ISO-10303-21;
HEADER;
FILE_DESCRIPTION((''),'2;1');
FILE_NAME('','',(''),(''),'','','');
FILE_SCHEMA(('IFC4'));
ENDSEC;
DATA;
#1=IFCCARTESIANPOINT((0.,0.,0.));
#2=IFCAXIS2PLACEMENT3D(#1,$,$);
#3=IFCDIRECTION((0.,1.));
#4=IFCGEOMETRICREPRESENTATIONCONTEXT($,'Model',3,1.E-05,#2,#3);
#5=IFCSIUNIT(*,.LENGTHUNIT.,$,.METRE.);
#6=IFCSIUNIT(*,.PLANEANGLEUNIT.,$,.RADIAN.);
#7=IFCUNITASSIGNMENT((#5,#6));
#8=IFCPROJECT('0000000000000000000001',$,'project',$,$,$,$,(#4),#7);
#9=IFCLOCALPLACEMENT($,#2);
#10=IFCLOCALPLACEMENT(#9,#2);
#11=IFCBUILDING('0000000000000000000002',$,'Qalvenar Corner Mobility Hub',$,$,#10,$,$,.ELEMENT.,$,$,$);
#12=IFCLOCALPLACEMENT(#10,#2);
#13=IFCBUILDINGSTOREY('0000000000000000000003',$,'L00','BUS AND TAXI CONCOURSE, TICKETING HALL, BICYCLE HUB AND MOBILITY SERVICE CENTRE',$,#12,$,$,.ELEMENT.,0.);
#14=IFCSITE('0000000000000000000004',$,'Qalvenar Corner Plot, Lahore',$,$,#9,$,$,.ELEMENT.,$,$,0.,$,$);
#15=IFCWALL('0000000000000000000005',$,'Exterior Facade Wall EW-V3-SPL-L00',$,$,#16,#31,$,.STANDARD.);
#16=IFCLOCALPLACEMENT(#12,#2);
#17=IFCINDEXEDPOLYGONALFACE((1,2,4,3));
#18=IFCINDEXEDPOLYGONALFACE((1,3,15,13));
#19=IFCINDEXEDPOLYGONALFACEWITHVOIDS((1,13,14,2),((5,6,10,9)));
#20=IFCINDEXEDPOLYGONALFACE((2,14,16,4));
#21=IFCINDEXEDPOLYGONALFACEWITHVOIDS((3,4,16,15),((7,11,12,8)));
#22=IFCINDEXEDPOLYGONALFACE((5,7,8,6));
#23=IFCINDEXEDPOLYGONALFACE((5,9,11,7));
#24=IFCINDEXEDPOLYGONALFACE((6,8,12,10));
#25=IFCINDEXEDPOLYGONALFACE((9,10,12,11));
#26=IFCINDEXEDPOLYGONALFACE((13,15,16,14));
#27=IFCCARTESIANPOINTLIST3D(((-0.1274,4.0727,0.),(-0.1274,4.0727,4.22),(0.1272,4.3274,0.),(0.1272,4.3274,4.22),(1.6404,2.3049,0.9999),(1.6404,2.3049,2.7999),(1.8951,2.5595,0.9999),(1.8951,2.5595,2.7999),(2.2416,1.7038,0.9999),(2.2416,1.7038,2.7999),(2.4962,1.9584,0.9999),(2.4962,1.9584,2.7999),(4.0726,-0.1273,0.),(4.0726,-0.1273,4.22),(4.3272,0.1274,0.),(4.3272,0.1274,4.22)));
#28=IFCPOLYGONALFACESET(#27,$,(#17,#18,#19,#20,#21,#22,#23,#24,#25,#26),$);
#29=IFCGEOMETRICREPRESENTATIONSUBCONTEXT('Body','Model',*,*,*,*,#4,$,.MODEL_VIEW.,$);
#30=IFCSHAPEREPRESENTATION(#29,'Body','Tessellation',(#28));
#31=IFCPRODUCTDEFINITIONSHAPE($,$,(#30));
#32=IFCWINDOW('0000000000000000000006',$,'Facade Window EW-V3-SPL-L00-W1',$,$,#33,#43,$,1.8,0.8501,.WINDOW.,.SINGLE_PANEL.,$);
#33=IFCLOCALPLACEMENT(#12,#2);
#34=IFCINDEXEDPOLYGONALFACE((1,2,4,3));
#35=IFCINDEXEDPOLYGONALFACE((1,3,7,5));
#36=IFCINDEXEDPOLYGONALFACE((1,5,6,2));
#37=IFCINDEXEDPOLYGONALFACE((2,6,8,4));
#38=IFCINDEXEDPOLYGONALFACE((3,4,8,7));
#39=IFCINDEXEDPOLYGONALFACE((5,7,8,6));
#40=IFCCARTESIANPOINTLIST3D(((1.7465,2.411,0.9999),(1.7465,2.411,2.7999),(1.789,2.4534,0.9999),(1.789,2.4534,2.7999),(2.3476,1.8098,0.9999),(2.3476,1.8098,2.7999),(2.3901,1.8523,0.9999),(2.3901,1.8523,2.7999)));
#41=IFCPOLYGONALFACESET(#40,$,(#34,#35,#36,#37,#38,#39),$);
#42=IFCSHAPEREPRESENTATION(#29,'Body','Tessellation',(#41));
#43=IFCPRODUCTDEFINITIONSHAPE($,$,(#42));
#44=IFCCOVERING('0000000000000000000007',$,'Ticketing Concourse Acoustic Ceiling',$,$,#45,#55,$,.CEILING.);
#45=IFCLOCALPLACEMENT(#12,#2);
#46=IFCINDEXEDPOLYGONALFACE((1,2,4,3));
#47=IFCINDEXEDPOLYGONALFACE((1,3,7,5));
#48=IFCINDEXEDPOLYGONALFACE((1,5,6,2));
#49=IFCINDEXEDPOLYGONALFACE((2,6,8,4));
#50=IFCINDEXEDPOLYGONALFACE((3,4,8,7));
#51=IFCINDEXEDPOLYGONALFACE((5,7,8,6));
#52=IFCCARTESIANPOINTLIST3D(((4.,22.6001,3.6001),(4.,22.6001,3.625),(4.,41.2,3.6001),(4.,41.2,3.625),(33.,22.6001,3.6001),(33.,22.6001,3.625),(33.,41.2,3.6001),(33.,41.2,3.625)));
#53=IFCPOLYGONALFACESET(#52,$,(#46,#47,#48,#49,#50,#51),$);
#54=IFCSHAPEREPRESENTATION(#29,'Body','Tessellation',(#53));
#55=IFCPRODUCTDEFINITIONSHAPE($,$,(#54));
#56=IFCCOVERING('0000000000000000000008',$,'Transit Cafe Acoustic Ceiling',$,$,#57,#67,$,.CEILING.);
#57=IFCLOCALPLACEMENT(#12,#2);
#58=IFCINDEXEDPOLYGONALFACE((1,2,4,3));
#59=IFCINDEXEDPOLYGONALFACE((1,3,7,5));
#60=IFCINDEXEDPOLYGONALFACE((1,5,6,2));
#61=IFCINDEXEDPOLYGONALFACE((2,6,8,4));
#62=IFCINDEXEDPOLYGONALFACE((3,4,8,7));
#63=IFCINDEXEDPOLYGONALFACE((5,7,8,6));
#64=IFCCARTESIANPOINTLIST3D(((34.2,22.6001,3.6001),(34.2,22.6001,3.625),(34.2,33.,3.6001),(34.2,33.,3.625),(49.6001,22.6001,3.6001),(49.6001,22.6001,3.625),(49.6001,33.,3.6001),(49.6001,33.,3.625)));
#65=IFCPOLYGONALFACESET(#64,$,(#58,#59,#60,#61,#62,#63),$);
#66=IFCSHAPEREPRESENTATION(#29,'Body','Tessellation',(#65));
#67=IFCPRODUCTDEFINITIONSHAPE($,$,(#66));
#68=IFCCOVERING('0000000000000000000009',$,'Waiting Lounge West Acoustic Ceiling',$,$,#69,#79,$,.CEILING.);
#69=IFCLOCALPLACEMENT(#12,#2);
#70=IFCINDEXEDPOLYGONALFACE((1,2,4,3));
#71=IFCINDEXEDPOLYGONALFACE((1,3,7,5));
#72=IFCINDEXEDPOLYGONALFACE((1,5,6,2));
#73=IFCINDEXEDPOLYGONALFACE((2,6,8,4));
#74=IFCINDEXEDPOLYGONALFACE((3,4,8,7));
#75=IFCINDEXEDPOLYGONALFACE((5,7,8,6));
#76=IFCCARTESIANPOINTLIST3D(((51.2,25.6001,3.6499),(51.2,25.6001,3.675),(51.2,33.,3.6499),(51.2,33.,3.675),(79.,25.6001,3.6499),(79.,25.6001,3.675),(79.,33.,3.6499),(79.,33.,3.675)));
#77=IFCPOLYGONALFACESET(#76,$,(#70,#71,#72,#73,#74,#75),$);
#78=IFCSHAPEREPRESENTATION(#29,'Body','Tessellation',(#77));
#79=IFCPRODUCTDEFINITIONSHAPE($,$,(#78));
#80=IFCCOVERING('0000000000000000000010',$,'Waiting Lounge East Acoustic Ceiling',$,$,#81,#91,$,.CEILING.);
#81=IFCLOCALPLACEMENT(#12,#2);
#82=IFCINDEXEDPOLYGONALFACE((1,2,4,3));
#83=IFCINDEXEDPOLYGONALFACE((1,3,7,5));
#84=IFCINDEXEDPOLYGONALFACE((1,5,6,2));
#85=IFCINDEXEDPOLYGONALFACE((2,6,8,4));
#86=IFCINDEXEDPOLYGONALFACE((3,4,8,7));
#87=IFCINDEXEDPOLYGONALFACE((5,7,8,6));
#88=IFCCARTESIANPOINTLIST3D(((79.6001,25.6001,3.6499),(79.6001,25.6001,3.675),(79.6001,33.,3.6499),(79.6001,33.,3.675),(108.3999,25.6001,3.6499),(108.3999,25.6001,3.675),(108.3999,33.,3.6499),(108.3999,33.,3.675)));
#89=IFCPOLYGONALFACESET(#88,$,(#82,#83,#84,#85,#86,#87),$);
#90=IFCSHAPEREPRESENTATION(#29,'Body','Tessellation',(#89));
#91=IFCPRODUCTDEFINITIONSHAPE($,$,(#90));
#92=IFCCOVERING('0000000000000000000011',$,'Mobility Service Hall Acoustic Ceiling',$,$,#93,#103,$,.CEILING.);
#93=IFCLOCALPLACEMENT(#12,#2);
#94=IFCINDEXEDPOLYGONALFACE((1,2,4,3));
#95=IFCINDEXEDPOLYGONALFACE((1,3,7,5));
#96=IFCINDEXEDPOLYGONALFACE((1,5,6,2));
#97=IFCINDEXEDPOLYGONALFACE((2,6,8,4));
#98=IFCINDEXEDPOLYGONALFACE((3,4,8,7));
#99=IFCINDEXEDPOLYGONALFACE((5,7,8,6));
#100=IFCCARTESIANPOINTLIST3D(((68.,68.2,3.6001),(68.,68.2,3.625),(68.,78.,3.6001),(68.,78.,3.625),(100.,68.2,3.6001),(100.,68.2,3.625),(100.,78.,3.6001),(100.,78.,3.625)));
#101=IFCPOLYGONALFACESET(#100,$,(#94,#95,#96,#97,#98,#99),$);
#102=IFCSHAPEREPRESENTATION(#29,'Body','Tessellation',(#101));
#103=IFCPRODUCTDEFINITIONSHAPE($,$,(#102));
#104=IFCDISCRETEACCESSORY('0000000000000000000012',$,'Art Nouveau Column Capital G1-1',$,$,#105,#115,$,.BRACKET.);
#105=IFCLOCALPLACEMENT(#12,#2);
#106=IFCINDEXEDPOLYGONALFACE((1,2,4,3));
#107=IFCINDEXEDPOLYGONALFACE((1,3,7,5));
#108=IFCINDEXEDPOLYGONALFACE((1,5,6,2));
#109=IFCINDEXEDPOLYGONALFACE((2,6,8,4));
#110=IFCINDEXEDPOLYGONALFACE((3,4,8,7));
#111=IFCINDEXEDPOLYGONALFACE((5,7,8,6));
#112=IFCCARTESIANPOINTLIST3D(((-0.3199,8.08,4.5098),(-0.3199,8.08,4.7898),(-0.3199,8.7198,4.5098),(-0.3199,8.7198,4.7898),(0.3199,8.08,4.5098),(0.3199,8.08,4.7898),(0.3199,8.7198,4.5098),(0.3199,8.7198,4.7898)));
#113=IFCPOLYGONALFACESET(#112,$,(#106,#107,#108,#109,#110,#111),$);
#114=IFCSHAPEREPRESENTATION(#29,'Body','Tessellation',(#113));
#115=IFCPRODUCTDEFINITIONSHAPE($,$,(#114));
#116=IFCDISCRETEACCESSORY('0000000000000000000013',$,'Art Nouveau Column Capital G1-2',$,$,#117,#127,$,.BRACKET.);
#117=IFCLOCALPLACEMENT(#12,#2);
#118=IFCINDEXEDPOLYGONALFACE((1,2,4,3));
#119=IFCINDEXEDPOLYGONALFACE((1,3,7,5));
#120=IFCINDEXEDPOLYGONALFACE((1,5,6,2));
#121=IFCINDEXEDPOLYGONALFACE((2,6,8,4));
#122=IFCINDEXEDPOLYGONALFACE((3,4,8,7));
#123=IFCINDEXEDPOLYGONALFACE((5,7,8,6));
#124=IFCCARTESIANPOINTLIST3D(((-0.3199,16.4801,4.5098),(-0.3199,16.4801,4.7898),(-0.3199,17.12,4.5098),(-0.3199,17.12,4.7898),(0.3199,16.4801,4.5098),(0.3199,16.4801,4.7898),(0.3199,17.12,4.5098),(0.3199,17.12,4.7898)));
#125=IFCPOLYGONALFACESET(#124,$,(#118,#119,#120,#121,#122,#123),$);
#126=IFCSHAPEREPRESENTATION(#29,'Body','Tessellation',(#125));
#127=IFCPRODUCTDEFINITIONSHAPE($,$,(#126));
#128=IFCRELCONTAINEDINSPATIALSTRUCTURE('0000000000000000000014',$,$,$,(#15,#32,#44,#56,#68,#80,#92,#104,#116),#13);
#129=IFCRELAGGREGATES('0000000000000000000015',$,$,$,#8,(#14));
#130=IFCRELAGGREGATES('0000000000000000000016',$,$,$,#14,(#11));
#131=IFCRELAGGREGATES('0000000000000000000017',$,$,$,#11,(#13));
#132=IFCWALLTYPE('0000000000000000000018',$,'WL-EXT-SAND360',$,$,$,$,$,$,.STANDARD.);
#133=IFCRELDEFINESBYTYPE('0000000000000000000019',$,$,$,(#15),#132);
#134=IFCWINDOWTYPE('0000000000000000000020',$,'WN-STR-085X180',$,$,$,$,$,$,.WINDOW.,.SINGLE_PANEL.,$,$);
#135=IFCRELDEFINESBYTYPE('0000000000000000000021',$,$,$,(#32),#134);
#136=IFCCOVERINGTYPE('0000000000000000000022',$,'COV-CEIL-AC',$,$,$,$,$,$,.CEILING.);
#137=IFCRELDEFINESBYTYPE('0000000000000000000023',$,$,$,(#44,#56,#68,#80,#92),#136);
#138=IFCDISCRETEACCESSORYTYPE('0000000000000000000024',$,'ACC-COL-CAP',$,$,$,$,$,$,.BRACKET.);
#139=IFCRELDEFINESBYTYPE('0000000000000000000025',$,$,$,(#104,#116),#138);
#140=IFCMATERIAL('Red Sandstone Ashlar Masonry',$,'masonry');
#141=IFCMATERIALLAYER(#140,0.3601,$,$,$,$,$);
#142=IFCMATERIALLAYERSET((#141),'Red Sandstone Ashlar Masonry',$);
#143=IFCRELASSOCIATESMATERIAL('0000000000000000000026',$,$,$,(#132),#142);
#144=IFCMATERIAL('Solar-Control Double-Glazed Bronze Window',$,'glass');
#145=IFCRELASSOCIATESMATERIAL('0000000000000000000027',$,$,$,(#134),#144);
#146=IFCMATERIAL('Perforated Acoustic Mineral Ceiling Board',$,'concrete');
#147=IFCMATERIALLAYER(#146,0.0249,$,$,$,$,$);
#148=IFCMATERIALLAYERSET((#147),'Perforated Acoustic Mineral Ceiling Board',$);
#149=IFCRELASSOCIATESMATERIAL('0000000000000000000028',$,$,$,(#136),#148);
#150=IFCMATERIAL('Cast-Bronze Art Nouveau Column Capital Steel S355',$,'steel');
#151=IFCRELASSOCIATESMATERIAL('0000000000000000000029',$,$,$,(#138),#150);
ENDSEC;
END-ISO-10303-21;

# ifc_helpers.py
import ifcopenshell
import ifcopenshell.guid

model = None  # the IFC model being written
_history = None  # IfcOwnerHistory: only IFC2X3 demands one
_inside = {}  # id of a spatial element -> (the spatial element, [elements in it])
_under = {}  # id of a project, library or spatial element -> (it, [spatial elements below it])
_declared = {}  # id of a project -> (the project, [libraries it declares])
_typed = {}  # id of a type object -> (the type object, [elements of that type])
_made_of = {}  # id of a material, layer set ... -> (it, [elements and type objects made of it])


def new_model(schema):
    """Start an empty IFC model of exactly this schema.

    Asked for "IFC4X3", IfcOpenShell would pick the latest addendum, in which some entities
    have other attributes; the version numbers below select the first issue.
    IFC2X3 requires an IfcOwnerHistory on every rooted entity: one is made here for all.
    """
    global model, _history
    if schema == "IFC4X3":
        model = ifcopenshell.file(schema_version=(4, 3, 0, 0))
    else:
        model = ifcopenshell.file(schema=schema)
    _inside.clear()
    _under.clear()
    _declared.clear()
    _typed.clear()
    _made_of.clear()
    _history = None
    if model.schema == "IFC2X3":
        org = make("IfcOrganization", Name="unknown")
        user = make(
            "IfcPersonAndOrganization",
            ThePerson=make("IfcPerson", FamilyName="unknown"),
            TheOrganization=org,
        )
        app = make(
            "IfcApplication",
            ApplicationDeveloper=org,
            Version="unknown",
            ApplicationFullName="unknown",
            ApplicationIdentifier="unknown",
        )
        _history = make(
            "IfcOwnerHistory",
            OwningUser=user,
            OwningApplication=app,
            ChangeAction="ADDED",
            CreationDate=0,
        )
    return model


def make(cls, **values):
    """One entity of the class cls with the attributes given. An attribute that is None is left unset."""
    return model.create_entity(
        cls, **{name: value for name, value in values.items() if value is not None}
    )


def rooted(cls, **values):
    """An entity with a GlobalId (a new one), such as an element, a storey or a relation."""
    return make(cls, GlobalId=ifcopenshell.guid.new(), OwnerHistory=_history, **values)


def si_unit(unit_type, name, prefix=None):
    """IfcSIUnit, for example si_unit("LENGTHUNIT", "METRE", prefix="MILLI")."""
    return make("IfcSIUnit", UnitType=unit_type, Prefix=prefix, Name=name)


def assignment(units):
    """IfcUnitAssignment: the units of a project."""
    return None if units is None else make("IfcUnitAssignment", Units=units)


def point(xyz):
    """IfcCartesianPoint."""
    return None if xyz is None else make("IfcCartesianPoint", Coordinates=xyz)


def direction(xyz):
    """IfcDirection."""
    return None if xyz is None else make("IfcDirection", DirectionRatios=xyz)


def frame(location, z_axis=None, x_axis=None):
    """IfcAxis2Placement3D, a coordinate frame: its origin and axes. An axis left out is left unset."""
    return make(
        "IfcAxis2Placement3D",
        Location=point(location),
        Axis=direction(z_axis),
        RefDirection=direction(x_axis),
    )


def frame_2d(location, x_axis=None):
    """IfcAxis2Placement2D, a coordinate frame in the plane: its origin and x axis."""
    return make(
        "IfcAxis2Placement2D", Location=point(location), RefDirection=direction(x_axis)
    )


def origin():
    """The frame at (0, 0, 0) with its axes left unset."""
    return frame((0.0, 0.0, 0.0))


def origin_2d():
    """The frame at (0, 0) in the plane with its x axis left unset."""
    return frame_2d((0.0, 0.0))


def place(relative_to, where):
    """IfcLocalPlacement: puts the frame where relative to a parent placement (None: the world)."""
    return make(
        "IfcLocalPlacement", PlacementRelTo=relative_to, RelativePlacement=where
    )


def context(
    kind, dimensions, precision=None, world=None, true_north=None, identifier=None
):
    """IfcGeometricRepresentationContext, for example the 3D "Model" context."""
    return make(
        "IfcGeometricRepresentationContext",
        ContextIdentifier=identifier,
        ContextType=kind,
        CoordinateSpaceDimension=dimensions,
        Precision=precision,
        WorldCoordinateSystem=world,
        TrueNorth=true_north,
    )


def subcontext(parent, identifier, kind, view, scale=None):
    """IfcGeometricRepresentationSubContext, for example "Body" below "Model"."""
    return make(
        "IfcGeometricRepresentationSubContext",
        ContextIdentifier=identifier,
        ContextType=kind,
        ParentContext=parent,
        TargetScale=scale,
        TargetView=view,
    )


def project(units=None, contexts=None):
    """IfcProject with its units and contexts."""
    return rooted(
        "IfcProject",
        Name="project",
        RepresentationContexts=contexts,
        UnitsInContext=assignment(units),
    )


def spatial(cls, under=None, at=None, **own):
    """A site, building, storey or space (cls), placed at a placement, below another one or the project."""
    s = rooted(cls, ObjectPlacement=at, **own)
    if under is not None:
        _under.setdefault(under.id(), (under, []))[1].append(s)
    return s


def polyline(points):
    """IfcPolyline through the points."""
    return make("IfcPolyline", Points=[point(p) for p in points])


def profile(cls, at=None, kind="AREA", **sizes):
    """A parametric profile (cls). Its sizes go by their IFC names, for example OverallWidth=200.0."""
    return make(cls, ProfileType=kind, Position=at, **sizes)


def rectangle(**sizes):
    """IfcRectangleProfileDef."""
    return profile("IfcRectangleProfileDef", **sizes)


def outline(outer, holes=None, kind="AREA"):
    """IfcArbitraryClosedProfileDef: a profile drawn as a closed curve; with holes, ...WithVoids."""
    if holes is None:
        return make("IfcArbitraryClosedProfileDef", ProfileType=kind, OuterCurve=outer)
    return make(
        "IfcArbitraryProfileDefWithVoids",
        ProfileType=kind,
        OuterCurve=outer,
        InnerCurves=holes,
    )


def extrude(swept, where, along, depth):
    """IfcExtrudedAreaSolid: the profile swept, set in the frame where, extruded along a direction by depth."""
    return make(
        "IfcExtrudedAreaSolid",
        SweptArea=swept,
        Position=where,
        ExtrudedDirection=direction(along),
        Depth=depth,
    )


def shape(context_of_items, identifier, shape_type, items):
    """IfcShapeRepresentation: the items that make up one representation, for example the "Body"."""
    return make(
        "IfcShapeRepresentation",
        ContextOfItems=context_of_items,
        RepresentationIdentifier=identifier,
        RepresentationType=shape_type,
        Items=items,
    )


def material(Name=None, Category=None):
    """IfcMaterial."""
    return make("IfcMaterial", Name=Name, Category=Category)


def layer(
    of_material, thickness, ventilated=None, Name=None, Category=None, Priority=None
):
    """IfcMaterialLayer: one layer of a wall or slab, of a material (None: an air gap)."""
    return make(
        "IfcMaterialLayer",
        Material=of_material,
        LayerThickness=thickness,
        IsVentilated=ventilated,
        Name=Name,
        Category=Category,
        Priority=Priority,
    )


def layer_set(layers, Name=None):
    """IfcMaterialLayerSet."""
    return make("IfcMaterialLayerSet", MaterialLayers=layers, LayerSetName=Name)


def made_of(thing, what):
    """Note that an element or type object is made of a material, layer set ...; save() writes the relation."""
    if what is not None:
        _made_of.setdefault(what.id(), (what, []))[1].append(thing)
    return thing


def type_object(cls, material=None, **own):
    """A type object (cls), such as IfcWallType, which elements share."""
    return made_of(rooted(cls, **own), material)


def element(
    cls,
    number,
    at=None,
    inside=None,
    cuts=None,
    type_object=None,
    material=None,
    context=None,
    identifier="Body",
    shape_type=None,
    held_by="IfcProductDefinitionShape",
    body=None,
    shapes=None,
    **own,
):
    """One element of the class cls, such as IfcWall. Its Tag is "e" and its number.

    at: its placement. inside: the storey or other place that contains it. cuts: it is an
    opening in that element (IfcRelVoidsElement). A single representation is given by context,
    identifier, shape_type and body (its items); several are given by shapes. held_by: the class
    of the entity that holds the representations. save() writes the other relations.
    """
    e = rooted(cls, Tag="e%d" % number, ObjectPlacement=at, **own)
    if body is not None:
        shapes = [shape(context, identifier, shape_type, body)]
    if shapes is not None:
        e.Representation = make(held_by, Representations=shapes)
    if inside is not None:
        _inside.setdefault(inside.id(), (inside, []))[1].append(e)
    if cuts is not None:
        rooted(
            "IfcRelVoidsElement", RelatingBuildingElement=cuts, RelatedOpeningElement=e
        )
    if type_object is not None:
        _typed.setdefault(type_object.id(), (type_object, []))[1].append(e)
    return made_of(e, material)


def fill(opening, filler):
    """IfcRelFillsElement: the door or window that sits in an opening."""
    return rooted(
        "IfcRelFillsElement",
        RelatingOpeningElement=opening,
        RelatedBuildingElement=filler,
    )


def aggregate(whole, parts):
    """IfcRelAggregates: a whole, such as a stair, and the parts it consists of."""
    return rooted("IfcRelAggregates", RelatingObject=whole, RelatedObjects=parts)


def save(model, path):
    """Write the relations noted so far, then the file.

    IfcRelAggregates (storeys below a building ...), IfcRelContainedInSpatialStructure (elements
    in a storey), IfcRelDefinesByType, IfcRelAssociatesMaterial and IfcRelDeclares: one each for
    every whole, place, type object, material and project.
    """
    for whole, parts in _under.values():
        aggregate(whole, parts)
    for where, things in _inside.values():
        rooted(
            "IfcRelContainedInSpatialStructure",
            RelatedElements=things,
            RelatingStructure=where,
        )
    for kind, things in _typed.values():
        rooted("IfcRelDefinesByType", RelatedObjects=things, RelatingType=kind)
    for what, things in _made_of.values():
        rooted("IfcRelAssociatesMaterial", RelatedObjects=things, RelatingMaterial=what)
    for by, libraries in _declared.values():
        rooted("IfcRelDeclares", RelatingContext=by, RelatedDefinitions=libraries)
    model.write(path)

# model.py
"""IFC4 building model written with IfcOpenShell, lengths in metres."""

from ifc_helpers import new_model, si_unit, direction, frame, frame_2d, origin, origin_2d, place, context, subcontext, project, spatial, polyline, rectangle, outline, extrude, material, layer, layer_set, type_object, element, fill, save


model = new_model("IFC4")

# Units and contexts
model_context = context("Model", 3, precision=1e-05, world=origin(), true_north=direction((0.0, 1.0)))
body_context = subcontext(model_context, "Body", "Model", "MODEL_VIEW")
ifc_project = project(units=[si_unit("LENGTHUNIT", "METRE"), si_unit("PLANEANGLEUNIT", "RADIAN")], contexts=[model_context])

# Site, building, storey
site_placement = place(None, origin())
site = spatial("IfcSite", under=ifc_project, at=site_placement, Name="Qalvenar Corner Plot, Lahore", CompositionType="ELEMENT", RefElevation=0.0)
building_placement = place(site_placement, origin())
building = spatial("IfcBuilding", under=site, at=building_placement, Name="Qalvenar Corner Mobility Hub", CompositionType="ELEMENT")
storey_placement = place(building_placement, origin())
storey = spatial("IfcBuildingStorey", under=building, at=storey_placement, Name="L00", Description="BUS AND TAXI CONCOURSE, TICKETING HALL, BICYCLE HUB AND MOBILITY SERVICE CENTRE", CompositionType="ELEMENT", Elevation=0.0)

# Wall, opening, window
ifc_material_1 = material(Name="Red Sandstone Ashlar Masonry", Category="masonry")
ifc_layer_1 = layer(ifc_material_1, 0.3601)
ifc_layer_set_1 = layer_set([ifc_layer_1], Name="Red Sandstone Ashlar Masonry")
wall_type_1 = type_object("IfcWallType", Name="WL-EXT-SAND360", PredefinedType="STANDARD", material=ifc_layer_set_1)
wall_1_placement = place(storey_placement, frame((0.0, 4.2, 0.0), z_axis=(0.0, 0.0, 1.0), x_axis=(0.707107, -0.707107, 0.0)))
wall_1 = element("IfcWall", 1, at=wall_1_placement, inside=storey, type_object=wall_type_1, Name="Exterior Facade Wall EW-V3-SPL-L00", PredefinedType="STANDARD", context=body_context, shape_type="SweptSolid", body=[
    extrude(rectangle(XDim=5.9397, YDim=0.3601, at=frame_2d((2.9697, 0.0))), origin(), (0.0, 0.0, 1.0), 4.22),
])
opening_1_placement = place(wall_1_placement, frame((2.5, 0.0, 1.0)))
opening_1 = element("IfcOpeningElement", 2, at=opening_1_placement, cuts=wall_1, PredefinedType="OPENING", context=body_context, shape_type="SweptSolid", body=[
    extrude(rectangle(XDim=0.8501, YDim=1.8, at=frame_2d((0.425, 0.8999))), frame((0.0, 0.1899, 0.0), z_axis=(0.0, -1.0, 0.0), x_axis=(1.0, 0.0, 0.0)), (0.0, 0.0, 1.0), 0.3801),
])
ifc_material_2 = material(Name="Solar-Control Double-Glazed Bronze Window", Category="glass")
window_type = type_object("IfcWindowType", Name="WN-STR-085X180", PartitioningType="SINGLE_PANEL", PredefinedType="WINDOW", material=ifc_material_2)
window_placement = place(opening_1_placement, origin())
window = element("IfcWindow", 3, at=window_placement, inside=storey, type_object=window_type, Name="Facade Window EW-V3-SPL-L00-W1", OverallHeight=1.8, OverallWidth=0.8501, PartitioningType="SINGLE_PANEL", PredefinedType="WINDOW", context=body_context, shape_type="SweptSolid", body=[
    extrude(rectangle(XDim=0.8501, YDim=1.8, at=frame_2d((0.425, 0.8999))), frame((0.0, 0.03, 0.0), z_axis=(0.0, -1.0, 0.0), x_axis=(1.0, 0.0, 0.0)), (0.0, 0.0, 1.0), 0.0601),
])
fill(opening_1, window)

# Coverings
ifc_material_3 = material(Name="Perforated Acoustic Mineral Ceiling Board", Category="concrete")
ifc_layer_2 = layer(ifc_material_3, 0.0249)
ifc_layer_set_2 = layer_set([ifc_layer_2], Name="Perforated Acoustic Mineral Ceiling Board")
covering_type = type_object("IfcCoveringType", Name="COV-CEIL-AC", PredefinedType="CEILING", material=ifc_layer_set_2)
covering_1_placement = place(storey_placement, frame((0.0, 0.0, 3.6001)))
element("IfcCovering", 4, at=covering_1_placement, inside=storey, type_object=covering_type, Name="Ticketing Concourse Acoustic Ceiling", PredefinedType="CEILING", context=body_context, shape_type="SweptSolid", body=[
    extrude(outline(polyline([(4.0, 22.6001), (33.0, 22.6001), (33.0, 41.2), (4.0, 41.2), (4.0, 22.6001)])), origin(), (0.0, 0.0, 1.0), 0.0249),
])
covering_2_placement = place(storey_placement, frame((0.0, 0.0, 3.6001)))
element("IfcCovering", 5, at=covering_2_placement, inside=storey, type_object=covering_type, Name="Transit Cafe Acoustic Ceiling", PredefinedType="CEILING", context=body_context, shape_type="SweptSolid", body=[
    extrude(outline(polyline([(34.2, 22.6001), (49.6001, 22.6001), (49.6001, 33.0), (34.2, 33.0), (34.2, 22.6001)])), origin(), (0.0, 0.0, 1.0), 0.0249),
])
covering_3_placement = place(storey_placement, frame((0.0, 0.0, 3.6499)))
element("IfcCovering", 6, at=covering_3_placement, inside=storey, type_object=covering_type, Name="Waiting Lounge West Acoustic Ceiling", PredefinedType="CEILING", context=body_context, shape_type="SweptSolid", body=[
    extrude(outline(polyline([(51.2, 25.6001), (79.0, 25.6001), (79.0, 33.0), (51.2, 33.0), (51.2, 25.6001)])), origin(), (0.0, 0.0, 1.0), 0.0251),
])
covering_4_placement = place(storey_placement, frame((0.0, 0.0, 3.6499)))
element("IfcCovering", 7, at=covering_4_placement, inside=storey, type_object=covering_type, Name="Waiting Lounge East Acoustic Ceiling", PredefinedType="CEILING", context=body_context, shape_type="SweptSolid", body=[
    extrude(outline(polyline([(79.6001, 25.6001), (108.3999, 25.6001), (108.3999, 33.0), (79.6001, 33.0), (79.6001, 25.6001)])), origin(), (0.0, 0.0, 1.0), 0.0251),
])
covering_5_placement = place(storey_placement, frame((0.0, 0.0, 3.6001)))
element("IfcCovering", 8, at=covering_5_placement, inside=storey, type_object=covering_type, Name="Mobility Service Hall Acoustic Ceiling", PredefinedType="CEILING", context=body_context, shape_type="SweptSolid", body=[
    extrude(outline(polyline([(68.0, 68.2), (100.0, 68.2), (100.0, 78.0), (68.0, 78.0), (68.0, 68.2)])), origin(), (0.0, 0.0, 1.0), 0.0249),
])

# Discrete accessories
ifc_material_4 = material(Name="Cast-Bronze Art Nouveau Column Capital Steel S355", Category="steel")
discrete_accessory_type = type_object("IfcDiscreteAccessoryType", Name="ACC-COL-CAP", PredefinedType="BRACKET", material=ifc_material_4)
for number, where, z_axis, x_axis, name in (
    (9, (0.0, 8.3999, 4.5098), (0.0, 0.0, 1.0), (1.0, 0.0, 0.0), "Art Nouveau Column Capital G1-1"),
    (10, (0.0, 16.8, 4.5098), (0.0, 0.0, 1.0), (1.0, 0.0, 0.0), "Art Nouveau Column Capital G1-2"),
):
    element("IfcDiscreteAccessory", number, at=place(storey_placement, frame(where, z_axis=z_axis, x_axis=x_axis)), inside=storey, type_object=discrete_accessory_type, Name=name, PredefinedType="BRACKET", context=body_context, shape_type="SweptSolid", body=[
        extrude(rectangle(XDim=0.6399, YDim=0.6399, at=origin_2d()), origin(), (0.0, 0.0, 1.0), 0.28),
    ])

save(model, "model.ifc")
